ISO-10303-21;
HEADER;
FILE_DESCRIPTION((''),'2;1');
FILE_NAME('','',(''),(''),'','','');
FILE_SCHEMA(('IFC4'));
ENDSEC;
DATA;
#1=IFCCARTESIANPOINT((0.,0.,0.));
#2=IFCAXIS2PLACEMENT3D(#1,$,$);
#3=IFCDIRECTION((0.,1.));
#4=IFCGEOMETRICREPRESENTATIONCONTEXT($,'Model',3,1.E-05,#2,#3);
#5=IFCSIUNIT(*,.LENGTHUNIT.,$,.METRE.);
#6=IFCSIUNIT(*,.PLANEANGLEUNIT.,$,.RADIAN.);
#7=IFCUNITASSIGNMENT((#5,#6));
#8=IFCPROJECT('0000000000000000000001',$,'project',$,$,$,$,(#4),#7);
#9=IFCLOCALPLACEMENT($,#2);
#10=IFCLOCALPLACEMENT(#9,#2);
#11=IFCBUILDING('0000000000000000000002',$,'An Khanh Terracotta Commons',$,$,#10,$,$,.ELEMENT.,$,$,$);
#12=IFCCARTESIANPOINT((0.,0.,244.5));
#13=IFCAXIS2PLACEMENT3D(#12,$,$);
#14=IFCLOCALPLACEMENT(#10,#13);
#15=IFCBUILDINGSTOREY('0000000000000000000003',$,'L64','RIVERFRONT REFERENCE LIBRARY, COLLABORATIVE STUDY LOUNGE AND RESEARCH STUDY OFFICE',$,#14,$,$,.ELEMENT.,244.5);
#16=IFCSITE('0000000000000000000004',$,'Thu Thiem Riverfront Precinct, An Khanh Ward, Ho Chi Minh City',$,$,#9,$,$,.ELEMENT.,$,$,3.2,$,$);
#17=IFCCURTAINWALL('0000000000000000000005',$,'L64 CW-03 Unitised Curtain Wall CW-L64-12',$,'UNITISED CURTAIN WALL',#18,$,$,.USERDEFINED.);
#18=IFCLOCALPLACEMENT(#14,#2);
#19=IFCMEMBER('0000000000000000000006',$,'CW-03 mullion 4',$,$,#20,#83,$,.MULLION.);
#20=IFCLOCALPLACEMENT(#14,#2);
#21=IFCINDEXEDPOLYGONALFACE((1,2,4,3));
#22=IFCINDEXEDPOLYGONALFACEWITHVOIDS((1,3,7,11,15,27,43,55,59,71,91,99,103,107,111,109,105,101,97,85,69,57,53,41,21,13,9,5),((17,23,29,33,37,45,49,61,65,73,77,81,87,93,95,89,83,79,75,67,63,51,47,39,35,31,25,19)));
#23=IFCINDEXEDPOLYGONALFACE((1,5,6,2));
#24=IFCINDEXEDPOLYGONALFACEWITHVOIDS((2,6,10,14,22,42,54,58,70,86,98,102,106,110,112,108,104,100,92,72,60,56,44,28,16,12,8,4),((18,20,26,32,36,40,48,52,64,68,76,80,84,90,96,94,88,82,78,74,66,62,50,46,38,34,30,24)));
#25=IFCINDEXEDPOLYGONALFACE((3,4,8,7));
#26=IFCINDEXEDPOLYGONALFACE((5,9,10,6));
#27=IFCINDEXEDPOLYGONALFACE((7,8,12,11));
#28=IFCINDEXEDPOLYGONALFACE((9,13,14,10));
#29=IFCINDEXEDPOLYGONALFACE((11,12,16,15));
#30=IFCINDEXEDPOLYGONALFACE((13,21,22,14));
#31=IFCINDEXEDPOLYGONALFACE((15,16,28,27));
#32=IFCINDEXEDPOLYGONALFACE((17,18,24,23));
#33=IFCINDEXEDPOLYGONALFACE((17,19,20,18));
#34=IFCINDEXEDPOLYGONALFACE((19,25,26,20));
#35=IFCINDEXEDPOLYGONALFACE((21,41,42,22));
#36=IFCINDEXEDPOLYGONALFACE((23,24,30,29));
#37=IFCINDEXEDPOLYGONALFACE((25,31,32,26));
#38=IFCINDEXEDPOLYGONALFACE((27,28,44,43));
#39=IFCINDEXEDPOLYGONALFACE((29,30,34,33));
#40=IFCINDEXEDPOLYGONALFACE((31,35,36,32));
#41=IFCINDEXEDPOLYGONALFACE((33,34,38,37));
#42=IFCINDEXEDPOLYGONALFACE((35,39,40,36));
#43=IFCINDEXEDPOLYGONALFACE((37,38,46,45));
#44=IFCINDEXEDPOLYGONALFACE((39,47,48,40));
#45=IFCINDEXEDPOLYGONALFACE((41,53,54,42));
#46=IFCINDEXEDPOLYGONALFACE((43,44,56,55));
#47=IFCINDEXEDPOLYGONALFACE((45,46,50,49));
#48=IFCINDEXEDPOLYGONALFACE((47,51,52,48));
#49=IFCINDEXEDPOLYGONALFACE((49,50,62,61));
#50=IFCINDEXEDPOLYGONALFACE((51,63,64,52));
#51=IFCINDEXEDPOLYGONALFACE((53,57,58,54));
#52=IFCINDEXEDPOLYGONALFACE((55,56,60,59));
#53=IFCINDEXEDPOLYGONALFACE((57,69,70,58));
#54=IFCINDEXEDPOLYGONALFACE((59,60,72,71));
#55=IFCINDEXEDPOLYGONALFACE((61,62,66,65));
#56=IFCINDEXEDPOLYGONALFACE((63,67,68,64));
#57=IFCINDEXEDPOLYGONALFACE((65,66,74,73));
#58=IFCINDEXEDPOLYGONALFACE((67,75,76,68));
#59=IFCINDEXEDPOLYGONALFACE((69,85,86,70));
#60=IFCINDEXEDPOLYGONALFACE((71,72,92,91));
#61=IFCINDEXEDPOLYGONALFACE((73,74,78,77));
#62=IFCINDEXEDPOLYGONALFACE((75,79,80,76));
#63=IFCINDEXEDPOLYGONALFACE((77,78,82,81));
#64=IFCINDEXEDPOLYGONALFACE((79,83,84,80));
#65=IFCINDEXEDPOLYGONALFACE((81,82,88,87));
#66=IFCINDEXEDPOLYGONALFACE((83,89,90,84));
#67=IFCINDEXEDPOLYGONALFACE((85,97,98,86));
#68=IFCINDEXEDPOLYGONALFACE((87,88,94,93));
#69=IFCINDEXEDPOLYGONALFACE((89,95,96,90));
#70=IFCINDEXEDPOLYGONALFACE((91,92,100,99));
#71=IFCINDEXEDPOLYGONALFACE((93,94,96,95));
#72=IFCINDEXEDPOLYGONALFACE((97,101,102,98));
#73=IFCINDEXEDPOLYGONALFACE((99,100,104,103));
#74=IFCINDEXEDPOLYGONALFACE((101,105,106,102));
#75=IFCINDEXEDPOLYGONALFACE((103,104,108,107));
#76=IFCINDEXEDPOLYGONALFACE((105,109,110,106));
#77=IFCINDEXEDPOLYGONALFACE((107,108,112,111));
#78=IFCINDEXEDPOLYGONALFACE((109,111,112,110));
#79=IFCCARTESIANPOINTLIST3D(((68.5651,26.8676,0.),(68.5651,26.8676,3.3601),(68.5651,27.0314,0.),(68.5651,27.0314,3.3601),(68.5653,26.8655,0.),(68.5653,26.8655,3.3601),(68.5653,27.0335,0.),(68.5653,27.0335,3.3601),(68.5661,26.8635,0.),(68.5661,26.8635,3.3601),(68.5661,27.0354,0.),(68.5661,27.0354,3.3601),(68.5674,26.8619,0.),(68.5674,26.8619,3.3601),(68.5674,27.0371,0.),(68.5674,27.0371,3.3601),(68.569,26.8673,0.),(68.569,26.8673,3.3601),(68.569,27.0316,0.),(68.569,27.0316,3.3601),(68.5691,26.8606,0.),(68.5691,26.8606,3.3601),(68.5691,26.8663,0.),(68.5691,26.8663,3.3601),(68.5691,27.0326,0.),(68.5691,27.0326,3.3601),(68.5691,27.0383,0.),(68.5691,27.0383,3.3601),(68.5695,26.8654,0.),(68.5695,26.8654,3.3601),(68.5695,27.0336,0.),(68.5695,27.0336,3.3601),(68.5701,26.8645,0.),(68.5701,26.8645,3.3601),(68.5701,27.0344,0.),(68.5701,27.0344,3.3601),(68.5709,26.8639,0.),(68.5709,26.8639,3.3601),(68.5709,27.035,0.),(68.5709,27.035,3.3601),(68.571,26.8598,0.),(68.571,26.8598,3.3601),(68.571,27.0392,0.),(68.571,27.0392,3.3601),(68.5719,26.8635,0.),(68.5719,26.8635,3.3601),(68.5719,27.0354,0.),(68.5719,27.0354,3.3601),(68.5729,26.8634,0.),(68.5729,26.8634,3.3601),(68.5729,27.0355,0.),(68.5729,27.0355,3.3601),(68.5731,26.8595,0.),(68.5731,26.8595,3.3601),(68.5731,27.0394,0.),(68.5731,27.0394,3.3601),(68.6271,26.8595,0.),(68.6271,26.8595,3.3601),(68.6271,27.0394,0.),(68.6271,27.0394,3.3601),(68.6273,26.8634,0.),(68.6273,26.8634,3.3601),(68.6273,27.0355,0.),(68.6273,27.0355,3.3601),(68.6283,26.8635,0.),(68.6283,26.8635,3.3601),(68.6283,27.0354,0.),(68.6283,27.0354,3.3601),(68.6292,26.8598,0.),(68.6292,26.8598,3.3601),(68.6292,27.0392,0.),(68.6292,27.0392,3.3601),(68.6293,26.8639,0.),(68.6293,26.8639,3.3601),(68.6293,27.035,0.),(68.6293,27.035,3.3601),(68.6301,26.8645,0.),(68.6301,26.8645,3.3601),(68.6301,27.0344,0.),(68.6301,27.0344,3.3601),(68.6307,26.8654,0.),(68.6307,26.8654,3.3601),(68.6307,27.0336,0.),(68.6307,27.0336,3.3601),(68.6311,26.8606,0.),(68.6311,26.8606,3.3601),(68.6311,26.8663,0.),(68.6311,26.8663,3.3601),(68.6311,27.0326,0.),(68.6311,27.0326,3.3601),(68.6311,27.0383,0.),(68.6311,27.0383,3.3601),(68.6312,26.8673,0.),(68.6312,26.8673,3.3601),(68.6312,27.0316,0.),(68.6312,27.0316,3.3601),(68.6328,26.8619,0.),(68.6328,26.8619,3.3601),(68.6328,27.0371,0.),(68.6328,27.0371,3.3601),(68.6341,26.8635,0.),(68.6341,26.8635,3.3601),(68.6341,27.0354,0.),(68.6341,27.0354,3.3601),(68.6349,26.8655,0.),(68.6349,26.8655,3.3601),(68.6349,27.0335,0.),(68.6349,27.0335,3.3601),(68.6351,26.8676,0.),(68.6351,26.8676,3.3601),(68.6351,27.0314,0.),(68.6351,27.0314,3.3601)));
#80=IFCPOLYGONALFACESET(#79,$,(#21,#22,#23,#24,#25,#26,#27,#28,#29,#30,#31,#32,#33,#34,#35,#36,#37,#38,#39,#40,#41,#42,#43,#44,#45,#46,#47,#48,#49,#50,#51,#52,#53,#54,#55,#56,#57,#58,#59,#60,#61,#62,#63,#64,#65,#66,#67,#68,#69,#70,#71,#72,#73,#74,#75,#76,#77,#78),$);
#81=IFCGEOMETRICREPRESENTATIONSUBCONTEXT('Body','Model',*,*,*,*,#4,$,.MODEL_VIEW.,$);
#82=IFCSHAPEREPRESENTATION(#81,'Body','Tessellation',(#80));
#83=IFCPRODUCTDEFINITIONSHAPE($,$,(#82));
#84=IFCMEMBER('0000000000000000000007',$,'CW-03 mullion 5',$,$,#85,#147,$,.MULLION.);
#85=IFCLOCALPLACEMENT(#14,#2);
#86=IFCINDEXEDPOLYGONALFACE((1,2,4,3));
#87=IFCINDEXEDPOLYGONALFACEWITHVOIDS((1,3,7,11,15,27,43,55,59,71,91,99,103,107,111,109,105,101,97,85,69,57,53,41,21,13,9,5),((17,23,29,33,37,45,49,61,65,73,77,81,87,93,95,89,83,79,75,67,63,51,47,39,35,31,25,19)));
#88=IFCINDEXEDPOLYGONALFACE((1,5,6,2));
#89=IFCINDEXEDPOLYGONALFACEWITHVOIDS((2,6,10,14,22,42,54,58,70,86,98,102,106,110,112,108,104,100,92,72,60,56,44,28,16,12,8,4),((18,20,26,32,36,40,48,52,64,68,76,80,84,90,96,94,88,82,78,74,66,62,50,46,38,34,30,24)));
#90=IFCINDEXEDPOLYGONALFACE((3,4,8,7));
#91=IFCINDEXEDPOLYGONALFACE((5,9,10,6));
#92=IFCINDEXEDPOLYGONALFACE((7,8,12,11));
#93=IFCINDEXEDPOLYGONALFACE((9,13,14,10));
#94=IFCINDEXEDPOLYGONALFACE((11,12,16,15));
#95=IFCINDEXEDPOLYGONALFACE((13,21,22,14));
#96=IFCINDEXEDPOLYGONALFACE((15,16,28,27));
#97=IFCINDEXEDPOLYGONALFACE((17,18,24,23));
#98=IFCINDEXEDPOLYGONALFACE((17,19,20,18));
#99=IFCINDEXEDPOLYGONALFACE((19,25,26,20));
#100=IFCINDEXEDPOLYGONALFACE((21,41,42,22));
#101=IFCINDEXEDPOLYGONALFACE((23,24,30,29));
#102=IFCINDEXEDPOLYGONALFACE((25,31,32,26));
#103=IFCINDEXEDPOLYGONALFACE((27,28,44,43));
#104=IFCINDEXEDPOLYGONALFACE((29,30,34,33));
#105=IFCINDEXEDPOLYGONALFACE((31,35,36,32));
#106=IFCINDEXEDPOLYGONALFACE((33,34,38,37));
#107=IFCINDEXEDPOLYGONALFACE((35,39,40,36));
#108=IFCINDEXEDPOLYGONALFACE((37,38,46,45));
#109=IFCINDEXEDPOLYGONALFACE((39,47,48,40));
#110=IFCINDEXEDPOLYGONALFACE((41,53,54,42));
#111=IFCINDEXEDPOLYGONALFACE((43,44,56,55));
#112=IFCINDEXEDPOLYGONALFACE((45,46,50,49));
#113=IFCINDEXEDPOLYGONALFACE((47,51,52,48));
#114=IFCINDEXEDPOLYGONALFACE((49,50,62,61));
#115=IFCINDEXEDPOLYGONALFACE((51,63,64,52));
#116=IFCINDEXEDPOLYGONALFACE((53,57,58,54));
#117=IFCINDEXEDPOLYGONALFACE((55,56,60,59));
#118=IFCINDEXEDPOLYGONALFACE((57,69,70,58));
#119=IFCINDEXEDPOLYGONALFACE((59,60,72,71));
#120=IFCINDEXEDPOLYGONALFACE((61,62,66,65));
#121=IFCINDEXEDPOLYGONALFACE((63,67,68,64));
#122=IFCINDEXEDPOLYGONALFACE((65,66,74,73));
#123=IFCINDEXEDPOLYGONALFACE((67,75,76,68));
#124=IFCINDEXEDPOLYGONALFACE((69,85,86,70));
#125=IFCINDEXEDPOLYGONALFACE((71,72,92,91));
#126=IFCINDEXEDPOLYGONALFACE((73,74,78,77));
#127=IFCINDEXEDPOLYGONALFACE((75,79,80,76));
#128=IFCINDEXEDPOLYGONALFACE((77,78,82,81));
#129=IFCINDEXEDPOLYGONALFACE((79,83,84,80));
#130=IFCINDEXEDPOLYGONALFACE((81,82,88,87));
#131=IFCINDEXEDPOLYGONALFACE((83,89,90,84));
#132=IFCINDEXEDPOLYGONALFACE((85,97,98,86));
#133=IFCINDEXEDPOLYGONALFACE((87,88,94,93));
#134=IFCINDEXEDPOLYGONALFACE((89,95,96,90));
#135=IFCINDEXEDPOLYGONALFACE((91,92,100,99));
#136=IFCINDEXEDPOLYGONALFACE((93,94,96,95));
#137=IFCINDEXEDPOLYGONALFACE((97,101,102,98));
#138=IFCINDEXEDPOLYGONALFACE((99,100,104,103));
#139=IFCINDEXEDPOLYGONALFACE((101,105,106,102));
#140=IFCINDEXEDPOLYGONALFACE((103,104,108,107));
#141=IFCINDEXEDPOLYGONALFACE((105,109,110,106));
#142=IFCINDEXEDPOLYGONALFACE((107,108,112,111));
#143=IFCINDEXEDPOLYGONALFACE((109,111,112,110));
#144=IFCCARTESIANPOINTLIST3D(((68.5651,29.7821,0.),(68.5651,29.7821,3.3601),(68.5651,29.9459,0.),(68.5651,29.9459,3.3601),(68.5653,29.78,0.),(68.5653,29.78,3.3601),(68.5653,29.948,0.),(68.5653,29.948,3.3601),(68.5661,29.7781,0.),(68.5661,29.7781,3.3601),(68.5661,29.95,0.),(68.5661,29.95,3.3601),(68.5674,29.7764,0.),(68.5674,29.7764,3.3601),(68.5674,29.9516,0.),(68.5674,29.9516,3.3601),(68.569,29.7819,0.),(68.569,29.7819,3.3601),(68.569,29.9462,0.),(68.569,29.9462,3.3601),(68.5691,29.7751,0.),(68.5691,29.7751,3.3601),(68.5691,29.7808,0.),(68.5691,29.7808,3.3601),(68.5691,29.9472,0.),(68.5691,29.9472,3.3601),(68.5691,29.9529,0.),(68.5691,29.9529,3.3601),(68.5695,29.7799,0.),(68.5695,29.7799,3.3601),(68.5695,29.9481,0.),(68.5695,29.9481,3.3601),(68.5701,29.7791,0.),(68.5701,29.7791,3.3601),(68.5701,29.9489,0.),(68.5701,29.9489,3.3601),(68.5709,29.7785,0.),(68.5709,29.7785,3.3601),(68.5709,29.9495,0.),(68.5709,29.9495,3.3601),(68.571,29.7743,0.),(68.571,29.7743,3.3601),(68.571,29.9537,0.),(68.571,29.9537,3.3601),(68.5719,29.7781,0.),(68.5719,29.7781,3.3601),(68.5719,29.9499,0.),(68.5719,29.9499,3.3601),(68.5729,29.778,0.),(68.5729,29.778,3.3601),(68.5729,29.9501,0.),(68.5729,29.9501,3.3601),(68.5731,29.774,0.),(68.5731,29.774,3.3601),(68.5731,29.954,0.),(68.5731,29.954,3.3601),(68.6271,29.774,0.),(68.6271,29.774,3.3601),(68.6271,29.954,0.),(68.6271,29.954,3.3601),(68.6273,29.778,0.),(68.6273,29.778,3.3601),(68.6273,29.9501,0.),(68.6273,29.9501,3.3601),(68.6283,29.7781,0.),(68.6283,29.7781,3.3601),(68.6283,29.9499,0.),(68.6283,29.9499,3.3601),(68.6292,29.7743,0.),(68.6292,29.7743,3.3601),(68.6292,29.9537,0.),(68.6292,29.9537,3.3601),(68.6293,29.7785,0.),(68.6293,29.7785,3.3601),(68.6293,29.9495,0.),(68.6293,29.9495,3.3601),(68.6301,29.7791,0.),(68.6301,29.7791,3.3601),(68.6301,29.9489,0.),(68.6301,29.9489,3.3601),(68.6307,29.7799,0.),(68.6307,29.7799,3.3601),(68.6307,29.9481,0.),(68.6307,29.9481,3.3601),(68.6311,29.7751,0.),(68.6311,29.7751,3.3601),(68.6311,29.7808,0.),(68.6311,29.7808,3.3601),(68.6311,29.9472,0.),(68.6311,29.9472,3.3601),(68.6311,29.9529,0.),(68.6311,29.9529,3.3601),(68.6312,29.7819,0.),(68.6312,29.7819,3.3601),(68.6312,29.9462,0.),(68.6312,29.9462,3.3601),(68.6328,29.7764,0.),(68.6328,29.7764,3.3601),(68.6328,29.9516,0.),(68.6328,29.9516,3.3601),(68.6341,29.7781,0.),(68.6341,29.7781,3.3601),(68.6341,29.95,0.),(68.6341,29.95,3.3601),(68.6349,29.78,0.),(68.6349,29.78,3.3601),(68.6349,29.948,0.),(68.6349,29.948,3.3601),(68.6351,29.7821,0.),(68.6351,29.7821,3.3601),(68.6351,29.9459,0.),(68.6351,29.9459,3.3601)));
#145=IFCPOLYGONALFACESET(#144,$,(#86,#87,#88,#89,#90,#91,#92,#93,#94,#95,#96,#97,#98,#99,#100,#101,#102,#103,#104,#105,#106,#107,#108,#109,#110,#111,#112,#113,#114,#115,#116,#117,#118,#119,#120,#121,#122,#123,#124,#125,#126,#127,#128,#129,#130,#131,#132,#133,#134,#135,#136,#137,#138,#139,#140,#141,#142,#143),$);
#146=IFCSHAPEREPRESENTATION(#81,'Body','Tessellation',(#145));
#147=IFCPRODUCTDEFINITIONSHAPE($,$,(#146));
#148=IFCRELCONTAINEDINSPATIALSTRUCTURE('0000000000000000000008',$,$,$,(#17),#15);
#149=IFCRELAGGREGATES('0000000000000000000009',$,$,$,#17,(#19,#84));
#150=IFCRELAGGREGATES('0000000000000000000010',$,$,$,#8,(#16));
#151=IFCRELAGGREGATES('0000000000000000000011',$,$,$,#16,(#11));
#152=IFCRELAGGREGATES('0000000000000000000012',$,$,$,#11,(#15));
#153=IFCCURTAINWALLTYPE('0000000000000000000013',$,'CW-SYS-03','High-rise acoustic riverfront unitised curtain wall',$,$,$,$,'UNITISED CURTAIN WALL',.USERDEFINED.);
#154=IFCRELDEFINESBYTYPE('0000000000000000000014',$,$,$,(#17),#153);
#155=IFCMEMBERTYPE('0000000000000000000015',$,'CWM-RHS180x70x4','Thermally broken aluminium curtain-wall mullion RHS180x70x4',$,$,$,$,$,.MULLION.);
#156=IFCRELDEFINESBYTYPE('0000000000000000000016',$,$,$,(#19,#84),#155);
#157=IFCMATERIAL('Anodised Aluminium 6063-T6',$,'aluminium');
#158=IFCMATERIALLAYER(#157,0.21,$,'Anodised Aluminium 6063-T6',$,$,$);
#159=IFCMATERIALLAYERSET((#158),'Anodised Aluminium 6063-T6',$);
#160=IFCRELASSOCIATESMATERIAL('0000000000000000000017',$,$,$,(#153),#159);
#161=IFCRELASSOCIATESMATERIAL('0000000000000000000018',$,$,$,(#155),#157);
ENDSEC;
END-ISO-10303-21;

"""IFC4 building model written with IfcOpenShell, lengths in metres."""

from ifc_helpers import new_model, si_unit, direction, frame, origin, origin_2d, place, context, subcontext, project, spatial, hollow_rectangle, extrude, material, layer, layer_set, material_profile, profile_set, type_object, element, aggregate, save


model = new_model("IFC4")

# Units and contexts
model_context = context("Model", 3, precision=1e-05, world=origin(), true_north=direction((0.0, 1.0)))
body_context = subcontext(model_context, "Body", "Model", "MODEL_VIEW")
ifc_project = project(units=[si_unit("LENGTHUNIT", "METRE"), si_unit("PLANEANGLEUNIT", "RADIAN")], contexts=[model_context])

# Site, building, storey
site_placement = place(None, origin())
site = spatial("IfcSite", under=ifc_project, at=site_placement, Name="Thu Thiem Riverfront Precinct, An Khanh Ward, Ho Chi Minh City", CompositionType="ELEMENT", RefElevation=3.2)
building_placement = place(site_placement, origin())
building = spatial("IfcBuilding", under=site, at=building_placement, Name="An Khanh Terracotta Commons", CompositionType="ELEMENT")
storey_placement = place(building_placement, frame((0.0, 0.0, 244.5)))
storey = spatial("IfcBuildingStorey", under=building, at=storey_placement, Name="L64", Description="RIVERFRONT REFERENCE LIBRARY, COLLABORATIVE STUDY LOUNGE AND RESEARCH STUDY OFFICE", CompositionType="ELEMENT", Elevation=244.5)

# Curtain wall, members
ifc_material_1 = material(Name="Anodised Aluminium 6063-T6", Category="aluminium")
ifc_layer_1 = layer(ifc_material_1, 0.21, Name="Anodised Aluminium 6063-T6")
ifc_layer_set_1 = layer_set([ifc_layer_1], Name="Anodised Aluminium 6063-T6")
curtain_wall_type = type_object("IfcCurtainWallType", Name="CW-SYS-03", Description="High-rise acoustic riverfront unitised curtain wall", ElementType="UNITISED CURTAIN WALL", PredefinedType="USERDEFINED", material=ifc_layer_set_1)
curtain_wall_1_placement = place(storey_placement, origin())
curtain_wall_1 = element("IfcCurtainWall", 1, at=curtain_wall_1_placement, inside=storey, type_object=curtain_wall_type, Name="L64 CW-03 Unitised Curtain Wall CW-L64-12", ObjectType="UNITISED CURTAIN WALL", PredefinedType="USERDEFINED")
ifc_material_profile_1 = material_profile(ifc_material_1, hollow_rectangle(XDim=0.0701, YDim=0.1799, WallThickness=0.0039, InnerFilletRadius=0.0039, OuterFilletRadius=0.0081, at=origin_2d()), Name="RHS180x70x4")
ifc_profile_set_1 = profile_set([ifc_material_profile_1], Name="Anodised Aluminium 6063-T6")
member_type_1 = type_object("IfcMemberType", Name="CWM-RHS180x70x4", Description="Thermally broken aluminium curtain-wall mullion RHS180x70x4", PredefinedType="MULLION", material=ifc_profile_set_1)
member_1_placement = place(storey_placement, frame((68.6001, 26.9495, 0.0), z_axis=(0.0, 0.0, 1.0), x_axis=(-1.0, 0.0, 0.0)))
member_1 = element("IfcMember", 2, at=member_1_placement, type_object=member_type_1, Name="CW-03 mullion 4", PredefinedType="MULLION", context=body_context, shape_type="SweptSolid", body=[
    extrude(hollow_rectangle(XDim=0.0701, YDim=0.1799, WallThickness=0.0039, InnerFilletRadius=0.0039, OuterFilletRadius=0.0081, at=origin_2d()), origin(), (0.0, 0.0, 1.0), 3.3601),
])
member_2_placement = place(storey_placement, frame((68.6001, 29.864, 0.0), z_axis=(0.0, 0.0, 1.0), x_axis=(-1.0, 0.0, 0.0)))
member_2 = element("IfcMember", 3, at=member_2_placement, type_object=member_type_1, Name="CW-03 mullion 5", PredefinedType="MULLION", context=body_context, shape_type="SweptSolid", body=[
    extrude(hollow_rectangle(XDim=0.0701, YDim=0.1799, WallThickness=0.0039, InnerFilletRadius=0.0039, OuterFilletRadius=0.0081, at=origin_2d()), origin(), (0.0, 0.0, 1.0), 3.3601),
])

aggregate(curtain_wall_1, [member_1, member_2])

save(model, "model.ifc")
